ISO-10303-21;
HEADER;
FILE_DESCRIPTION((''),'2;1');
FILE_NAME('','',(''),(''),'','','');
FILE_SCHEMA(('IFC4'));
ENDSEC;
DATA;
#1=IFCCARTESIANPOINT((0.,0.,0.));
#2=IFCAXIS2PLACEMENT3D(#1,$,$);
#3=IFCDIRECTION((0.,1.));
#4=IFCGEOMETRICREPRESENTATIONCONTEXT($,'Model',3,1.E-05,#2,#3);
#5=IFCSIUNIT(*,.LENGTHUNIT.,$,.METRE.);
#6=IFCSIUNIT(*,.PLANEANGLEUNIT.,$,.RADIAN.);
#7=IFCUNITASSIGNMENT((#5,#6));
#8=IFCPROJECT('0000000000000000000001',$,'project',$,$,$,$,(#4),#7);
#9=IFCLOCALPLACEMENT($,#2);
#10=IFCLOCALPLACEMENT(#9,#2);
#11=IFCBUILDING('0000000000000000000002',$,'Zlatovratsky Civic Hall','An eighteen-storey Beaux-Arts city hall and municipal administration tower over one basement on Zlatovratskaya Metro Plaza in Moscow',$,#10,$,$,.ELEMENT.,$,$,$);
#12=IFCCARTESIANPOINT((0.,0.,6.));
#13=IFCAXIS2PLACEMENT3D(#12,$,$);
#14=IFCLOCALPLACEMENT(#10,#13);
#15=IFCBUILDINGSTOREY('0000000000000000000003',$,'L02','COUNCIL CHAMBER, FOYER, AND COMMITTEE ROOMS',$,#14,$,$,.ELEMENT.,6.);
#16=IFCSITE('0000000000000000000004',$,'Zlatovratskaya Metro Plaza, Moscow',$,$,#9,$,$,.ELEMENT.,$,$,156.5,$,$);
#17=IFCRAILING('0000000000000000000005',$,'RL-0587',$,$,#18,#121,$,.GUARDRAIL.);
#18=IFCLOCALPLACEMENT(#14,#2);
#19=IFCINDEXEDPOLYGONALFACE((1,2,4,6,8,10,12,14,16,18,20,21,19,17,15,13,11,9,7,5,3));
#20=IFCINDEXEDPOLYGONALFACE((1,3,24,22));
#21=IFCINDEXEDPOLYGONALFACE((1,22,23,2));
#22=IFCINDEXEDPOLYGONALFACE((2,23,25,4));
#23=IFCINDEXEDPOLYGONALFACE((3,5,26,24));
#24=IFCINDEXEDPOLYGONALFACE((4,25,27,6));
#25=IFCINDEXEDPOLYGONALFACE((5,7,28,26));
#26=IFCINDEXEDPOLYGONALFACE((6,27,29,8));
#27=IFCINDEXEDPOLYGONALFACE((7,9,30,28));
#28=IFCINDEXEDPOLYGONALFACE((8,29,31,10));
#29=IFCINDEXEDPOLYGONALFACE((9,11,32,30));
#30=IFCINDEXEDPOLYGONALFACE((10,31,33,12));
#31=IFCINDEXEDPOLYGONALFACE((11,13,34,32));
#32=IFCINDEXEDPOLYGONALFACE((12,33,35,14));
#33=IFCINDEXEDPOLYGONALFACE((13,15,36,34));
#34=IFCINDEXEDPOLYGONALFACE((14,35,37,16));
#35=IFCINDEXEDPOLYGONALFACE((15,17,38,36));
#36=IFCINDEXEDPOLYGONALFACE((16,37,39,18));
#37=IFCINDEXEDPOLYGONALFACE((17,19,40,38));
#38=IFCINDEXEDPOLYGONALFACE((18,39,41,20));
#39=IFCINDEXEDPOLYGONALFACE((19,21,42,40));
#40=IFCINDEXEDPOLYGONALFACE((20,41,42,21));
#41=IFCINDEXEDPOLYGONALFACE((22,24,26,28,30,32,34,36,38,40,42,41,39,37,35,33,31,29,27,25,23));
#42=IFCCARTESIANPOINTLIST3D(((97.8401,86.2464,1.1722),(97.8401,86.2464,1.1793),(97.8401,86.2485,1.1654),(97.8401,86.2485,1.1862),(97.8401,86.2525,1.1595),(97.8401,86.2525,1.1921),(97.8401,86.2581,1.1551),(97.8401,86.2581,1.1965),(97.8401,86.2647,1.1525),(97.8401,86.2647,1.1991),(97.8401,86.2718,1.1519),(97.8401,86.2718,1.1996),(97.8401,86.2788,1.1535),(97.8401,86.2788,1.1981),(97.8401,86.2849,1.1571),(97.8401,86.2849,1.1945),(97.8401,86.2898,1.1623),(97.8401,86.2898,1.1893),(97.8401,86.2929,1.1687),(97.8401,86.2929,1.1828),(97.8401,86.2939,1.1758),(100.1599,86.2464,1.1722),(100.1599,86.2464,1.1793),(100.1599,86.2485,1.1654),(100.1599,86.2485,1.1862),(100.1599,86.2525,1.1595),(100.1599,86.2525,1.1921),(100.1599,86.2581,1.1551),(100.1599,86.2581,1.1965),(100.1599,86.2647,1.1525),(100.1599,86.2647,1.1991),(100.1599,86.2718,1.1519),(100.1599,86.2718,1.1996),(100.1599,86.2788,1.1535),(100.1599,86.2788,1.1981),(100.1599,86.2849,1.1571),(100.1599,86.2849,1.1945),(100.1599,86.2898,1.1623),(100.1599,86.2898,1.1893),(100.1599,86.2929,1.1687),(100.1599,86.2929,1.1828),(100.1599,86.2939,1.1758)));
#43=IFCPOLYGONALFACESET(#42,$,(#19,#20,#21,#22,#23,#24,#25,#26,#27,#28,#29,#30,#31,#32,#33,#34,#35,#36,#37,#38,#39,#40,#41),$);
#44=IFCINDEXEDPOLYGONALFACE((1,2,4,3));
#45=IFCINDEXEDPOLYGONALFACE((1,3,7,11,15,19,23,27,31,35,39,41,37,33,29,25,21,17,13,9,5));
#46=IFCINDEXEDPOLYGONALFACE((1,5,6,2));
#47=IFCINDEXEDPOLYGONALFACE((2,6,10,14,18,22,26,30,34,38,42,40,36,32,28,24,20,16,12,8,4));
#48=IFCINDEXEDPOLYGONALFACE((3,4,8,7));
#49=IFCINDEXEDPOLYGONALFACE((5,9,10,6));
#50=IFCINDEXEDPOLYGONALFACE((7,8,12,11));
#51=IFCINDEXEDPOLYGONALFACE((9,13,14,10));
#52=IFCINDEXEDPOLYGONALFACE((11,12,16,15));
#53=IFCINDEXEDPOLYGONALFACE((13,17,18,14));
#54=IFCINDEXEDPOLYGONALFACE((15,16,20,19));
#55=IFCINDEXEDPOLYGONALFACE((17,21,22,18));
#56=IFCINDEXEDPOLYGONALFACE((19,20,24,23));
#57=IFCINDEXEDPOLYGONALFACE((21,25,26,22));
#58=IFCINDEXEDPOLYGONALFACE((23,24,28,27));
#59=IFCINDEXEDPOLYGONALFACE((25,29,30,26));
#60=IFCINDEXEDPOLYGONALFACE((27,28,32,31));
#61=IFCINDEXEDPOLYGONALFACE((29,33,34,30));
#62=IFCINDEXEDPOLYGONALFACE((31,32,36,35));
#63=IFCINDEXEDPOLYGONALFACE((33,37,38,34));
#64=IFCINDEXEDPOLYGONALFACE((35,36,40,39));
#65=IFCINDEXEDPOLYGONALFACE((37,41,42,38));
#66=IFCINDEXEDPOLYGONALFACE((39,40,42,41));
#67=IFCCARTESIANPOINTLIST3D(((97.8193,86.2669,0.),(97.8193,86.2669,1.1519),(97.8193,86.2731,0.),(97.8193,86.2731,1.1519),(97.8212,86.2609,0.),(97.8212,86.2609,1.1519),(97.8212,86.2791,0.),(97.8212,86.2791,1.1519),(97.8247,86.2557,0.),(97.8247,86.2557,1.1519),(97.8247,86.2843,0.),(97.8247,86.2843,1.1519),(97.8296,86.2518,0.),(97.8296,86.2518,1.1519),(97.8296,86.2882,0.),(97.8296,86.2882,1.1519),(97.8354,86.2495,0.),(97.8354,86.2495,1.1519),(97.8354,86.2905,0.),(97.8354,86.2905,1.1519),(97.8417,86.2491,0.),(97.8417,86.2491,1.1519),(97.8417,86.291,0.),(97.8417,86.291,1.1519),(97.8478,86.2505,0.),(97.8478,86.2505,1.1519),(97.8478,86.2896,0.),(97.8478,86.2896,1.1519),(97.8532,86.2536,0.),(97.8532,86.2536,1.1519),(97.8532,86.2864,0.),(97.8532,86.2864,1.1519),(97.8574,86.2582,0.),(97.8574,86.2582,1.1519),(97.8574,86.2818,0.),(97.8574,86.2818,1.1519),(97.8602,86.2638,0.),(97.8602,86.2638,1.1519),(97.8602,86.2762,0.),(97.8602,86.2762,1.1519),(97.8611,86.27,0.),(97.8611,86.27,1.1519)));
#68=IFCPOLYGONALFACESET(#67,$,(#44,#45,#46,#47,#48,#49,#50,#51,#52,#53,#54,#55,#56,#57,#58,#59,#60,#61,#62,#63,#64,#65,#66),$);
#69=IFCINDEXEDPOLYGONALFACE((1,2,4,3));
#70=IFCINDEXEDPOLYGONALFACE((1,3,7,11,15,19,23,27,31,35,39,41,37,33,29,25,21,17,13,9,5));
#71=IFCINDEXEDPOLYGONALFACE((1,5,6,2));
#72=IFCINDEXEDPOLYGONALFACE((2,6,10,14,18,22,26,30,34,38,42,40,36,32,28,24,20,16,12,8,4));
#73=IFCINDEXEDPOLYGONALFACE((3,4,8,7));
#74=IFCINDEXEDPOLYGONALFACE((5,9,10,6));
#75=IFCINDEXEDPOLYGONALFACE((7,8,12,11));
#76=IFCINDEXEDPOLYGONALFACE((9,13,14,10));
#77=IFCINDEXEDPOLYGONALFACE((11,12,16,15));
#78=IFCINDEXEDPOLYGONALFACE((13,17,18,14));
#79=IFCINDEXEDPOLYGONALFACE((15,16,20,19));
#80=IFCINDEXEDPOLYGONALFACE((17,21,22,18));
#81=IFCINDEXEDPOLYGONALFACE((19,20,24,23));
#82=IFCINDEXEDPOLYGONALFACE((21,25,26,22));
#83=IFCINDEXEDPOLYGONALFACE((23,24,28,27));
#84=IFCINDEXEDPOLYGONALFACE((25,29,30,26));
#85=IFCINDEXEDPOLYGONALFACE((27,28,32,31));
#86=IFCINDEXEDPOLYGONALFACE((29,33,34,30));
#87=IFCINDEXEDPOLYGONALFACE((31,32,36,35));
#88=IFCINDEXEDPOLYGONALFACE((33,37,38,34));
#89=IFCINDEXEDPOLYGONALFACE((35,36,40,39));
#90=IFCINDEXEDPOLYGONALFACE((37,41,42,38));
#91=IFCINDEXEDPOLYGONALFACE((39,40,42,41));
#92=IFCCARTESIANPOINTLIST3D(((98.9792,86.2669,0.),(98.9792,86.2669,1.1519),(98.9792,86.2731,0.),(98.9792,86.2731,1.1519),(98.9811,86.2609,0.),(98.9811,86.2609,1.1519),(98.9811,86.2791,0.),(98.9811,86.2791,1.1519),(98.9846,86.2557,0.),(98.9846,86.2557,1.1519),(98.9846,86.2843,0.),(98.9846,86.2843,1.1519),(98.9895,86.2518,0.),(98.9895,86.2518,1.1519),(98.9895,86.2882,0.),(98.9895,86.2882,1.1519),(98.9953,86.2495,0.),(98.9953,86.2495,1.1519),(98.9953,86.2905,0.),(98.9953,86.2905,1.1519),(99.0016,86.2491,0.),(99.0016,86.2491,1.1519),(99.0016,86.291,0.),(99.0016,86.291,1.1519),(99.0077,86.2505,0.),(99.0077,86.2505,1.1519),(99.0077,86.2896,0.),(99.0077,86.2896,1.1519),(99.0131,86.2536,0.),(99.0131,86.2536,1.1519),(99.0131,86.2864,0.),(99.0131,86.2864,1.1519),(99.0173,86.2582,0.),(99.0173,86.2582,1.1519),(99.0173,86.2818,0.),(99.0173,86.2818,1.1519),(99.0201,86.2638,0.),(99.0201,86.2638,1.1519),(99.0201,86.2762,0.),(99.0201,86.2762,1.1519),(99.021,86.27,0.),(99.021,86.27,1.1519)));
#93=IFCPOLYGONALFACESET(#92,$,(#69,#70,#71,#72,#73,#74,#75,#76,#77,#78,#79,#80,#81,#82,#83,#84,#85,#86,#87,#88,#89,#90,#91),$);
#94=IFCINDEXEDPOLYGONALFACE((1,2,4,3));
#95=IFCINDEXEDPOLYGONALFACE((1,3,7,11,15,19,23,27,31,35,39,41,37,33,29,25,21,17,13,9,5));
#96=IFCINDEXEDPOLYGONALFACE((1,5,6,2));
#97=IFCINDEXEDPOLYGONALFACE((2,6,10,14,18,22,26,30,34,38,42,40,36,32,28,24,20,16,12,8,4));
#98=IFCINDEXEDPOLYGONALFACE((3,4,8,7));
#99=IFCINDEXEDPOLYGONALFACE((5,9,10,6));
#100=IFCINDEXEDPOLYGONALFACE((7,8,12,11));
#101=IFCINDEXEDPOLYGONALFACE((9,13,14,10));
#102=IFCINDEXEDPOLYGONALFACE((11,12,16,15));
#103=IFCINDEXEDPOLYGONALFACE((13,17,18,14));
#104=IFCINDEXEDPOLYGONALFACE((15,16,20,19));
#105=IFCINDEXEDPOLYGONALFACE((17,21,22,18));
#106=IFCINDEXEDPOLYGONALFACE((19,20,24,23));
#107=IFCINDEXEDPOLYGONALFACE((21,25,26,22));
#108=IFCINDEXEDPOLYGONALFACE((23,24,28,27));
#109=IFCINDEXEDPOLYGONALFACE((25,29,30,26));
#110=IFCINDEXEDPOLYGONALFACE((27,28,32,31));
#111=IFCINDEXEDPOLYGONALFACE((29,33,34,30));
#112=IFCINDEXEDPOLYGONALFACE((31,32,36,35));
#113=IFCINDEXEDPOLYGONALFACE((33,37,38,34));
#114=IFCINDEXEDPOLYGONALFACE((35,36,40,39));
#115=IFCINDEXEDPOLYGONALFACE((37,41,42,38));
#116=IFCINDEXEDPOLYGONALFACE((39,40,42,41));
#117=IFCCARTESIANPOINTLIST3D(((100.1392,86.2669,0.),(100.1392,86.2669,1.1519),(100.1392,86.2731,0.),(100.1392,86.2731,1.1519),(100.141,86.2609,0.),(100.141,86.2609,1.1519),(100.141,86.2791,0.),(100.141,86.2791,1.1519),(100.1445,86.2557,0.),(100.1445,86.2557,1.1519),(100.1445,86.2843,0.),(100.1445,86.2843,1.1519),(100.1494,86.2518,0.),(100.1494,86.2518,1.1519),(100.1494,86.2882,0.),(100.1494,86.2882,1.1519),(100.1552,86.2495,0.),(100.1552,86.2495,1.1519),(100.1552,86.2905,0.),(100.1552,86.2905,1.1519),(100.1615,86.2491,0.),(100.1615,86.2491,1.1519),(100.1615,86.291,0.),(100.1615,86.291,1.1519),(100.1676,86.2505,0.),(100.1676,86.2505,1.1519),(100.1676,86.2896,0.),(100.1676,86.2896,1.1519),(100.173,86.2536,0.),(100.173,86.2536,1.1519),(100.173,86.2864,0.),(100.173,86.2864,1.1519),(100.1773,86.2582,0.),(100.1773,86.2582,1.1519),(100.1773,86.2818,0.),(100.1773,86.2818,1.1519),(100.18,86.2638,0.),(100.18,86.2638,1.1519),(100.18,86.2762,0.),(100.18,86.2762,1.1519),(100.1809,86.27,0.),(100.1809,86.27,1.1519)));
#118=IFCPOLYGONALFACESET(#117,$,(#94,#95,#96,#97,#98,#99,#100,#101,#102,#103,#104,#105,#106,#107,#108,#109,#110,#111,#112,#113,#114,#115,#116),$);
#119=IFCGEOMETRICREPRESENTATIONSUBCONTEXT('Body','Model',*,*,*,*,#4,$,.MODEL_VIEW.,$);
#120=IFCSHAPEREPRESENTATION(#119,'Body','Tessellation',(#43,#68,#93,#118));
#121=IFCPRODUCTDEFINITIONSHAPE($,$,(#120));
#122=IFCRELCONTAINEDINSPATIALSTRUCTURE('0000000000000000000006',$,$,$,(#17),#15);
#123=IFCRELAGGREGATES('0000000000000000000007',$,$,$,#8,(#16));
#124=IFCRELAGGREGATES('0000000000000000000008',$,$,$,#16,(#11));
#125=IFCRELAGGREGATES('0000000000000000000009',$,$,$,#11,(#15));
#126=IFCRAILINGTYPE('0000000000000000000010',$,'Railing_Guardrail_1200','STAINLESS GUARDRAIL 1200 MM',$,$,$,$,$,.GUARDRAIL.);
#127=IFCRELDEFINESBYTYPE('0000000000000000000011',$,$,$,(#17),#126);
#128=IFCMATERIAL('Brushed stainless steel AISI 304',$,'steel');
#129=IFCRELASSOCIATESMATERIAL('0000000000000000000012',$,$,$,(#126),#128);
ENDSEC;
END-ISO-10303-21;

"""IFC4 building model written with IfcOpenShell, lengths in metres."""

from ifc_helpers import new_model, si_unit, direction, frame, origin, origin_2d, place, context, subcontext, project, spatial, circle, extrude, material, type_object, element, save


model = new_model("IFC4")

# Units and contexts
model_context = context("Model", 3, precision=1e-05, world=origin(), true_north=direction((0.0, 1.0)))
body_context = subcontext(model_context, "Body", "Model", "MODEL_VIEW")
ifc_project = project(units=[si_unit("LENGTHUNIT", "METRE"), si_unit("PLANEANGLEUNIT", "RADIAN")], contexts=[model_context])

# Site, building, storey
site_placement = place(None, origin())
site = spatial("IfcSite", under=ifc_project, at=site_placement, Name="Zlatovratskaya Metro Plaza, Moscow", CompositionType="ELEMENT", RefElevation=156.5)
building_placement = place(site_placement, origin())
building = spatial("IfcBuilding", under=site, at=building_placement, Name="Zlatovratsky Civic Hall", Description="An eighteen-storey Beaux-Arts city hall and municipal administration tower over one basement on Zlatovratskaya Metro Plaza in Moscow", CompositionType="ELEMENT")
storey_placement = place(building_placement, frame((0.0, 0.0, 6.0)))
storey = spatial("IfcBuildingStorey", under=building, at=storey_placement, Name="L02", Description="COUNCIL CHAMBER, FOYER, AND COMMITTEE ROOMS", CompositionType="ELEMENT", Elevation=6.0)

# Railing
ifc_material_1 = material(Name="Brushed stainless steel AISI 304", Category="steel")
railing_type = type_object("IfcRailingType", Name="Railing_Guardrail_1200", Description="STAINLESS GUARDRAIL 1200 MM", PredefinedType="GUARDRAIL", material=ifc_material_1)
railing_placement = place(storey_placement, frame((97.8401, 86.27, 0.0)))
element("IfcRailing", 1, at=railing_placement, inside=storey, type_object=railing_type, Name="RL-0587", PredefinedType="GUARDRAIL", context=body_context, shape_type="SweptSolid", body=[
    extrude(circle(Radius=0.0239, at=origin_2d()), frame((0.0, 0.0, 1.1758), z_axis=(1.0, 0.0, 0.0), x_axis=(0.0, 1.0, 0.0)), (0.0, 0.0, 1.0), 2.3198),
    extrude(circle(Radius=0.021, at=origin_2d()), origin(), (0.0, 0.0, 1.0), 1.1519),
    extrude(circle(Radius=0.021, at=origin_2d()), frame((1.1599, 0.0, 0.0)), (0.0, 0.0, 1.0), 1.1519),
    extrude(circle(Radius=0.021, at=origin_2d()), frame((2.3198, 0.0, 0.0)), (0.0, 0.0, 1.0), 1.1519),
])

save(model, "model.ifc")
